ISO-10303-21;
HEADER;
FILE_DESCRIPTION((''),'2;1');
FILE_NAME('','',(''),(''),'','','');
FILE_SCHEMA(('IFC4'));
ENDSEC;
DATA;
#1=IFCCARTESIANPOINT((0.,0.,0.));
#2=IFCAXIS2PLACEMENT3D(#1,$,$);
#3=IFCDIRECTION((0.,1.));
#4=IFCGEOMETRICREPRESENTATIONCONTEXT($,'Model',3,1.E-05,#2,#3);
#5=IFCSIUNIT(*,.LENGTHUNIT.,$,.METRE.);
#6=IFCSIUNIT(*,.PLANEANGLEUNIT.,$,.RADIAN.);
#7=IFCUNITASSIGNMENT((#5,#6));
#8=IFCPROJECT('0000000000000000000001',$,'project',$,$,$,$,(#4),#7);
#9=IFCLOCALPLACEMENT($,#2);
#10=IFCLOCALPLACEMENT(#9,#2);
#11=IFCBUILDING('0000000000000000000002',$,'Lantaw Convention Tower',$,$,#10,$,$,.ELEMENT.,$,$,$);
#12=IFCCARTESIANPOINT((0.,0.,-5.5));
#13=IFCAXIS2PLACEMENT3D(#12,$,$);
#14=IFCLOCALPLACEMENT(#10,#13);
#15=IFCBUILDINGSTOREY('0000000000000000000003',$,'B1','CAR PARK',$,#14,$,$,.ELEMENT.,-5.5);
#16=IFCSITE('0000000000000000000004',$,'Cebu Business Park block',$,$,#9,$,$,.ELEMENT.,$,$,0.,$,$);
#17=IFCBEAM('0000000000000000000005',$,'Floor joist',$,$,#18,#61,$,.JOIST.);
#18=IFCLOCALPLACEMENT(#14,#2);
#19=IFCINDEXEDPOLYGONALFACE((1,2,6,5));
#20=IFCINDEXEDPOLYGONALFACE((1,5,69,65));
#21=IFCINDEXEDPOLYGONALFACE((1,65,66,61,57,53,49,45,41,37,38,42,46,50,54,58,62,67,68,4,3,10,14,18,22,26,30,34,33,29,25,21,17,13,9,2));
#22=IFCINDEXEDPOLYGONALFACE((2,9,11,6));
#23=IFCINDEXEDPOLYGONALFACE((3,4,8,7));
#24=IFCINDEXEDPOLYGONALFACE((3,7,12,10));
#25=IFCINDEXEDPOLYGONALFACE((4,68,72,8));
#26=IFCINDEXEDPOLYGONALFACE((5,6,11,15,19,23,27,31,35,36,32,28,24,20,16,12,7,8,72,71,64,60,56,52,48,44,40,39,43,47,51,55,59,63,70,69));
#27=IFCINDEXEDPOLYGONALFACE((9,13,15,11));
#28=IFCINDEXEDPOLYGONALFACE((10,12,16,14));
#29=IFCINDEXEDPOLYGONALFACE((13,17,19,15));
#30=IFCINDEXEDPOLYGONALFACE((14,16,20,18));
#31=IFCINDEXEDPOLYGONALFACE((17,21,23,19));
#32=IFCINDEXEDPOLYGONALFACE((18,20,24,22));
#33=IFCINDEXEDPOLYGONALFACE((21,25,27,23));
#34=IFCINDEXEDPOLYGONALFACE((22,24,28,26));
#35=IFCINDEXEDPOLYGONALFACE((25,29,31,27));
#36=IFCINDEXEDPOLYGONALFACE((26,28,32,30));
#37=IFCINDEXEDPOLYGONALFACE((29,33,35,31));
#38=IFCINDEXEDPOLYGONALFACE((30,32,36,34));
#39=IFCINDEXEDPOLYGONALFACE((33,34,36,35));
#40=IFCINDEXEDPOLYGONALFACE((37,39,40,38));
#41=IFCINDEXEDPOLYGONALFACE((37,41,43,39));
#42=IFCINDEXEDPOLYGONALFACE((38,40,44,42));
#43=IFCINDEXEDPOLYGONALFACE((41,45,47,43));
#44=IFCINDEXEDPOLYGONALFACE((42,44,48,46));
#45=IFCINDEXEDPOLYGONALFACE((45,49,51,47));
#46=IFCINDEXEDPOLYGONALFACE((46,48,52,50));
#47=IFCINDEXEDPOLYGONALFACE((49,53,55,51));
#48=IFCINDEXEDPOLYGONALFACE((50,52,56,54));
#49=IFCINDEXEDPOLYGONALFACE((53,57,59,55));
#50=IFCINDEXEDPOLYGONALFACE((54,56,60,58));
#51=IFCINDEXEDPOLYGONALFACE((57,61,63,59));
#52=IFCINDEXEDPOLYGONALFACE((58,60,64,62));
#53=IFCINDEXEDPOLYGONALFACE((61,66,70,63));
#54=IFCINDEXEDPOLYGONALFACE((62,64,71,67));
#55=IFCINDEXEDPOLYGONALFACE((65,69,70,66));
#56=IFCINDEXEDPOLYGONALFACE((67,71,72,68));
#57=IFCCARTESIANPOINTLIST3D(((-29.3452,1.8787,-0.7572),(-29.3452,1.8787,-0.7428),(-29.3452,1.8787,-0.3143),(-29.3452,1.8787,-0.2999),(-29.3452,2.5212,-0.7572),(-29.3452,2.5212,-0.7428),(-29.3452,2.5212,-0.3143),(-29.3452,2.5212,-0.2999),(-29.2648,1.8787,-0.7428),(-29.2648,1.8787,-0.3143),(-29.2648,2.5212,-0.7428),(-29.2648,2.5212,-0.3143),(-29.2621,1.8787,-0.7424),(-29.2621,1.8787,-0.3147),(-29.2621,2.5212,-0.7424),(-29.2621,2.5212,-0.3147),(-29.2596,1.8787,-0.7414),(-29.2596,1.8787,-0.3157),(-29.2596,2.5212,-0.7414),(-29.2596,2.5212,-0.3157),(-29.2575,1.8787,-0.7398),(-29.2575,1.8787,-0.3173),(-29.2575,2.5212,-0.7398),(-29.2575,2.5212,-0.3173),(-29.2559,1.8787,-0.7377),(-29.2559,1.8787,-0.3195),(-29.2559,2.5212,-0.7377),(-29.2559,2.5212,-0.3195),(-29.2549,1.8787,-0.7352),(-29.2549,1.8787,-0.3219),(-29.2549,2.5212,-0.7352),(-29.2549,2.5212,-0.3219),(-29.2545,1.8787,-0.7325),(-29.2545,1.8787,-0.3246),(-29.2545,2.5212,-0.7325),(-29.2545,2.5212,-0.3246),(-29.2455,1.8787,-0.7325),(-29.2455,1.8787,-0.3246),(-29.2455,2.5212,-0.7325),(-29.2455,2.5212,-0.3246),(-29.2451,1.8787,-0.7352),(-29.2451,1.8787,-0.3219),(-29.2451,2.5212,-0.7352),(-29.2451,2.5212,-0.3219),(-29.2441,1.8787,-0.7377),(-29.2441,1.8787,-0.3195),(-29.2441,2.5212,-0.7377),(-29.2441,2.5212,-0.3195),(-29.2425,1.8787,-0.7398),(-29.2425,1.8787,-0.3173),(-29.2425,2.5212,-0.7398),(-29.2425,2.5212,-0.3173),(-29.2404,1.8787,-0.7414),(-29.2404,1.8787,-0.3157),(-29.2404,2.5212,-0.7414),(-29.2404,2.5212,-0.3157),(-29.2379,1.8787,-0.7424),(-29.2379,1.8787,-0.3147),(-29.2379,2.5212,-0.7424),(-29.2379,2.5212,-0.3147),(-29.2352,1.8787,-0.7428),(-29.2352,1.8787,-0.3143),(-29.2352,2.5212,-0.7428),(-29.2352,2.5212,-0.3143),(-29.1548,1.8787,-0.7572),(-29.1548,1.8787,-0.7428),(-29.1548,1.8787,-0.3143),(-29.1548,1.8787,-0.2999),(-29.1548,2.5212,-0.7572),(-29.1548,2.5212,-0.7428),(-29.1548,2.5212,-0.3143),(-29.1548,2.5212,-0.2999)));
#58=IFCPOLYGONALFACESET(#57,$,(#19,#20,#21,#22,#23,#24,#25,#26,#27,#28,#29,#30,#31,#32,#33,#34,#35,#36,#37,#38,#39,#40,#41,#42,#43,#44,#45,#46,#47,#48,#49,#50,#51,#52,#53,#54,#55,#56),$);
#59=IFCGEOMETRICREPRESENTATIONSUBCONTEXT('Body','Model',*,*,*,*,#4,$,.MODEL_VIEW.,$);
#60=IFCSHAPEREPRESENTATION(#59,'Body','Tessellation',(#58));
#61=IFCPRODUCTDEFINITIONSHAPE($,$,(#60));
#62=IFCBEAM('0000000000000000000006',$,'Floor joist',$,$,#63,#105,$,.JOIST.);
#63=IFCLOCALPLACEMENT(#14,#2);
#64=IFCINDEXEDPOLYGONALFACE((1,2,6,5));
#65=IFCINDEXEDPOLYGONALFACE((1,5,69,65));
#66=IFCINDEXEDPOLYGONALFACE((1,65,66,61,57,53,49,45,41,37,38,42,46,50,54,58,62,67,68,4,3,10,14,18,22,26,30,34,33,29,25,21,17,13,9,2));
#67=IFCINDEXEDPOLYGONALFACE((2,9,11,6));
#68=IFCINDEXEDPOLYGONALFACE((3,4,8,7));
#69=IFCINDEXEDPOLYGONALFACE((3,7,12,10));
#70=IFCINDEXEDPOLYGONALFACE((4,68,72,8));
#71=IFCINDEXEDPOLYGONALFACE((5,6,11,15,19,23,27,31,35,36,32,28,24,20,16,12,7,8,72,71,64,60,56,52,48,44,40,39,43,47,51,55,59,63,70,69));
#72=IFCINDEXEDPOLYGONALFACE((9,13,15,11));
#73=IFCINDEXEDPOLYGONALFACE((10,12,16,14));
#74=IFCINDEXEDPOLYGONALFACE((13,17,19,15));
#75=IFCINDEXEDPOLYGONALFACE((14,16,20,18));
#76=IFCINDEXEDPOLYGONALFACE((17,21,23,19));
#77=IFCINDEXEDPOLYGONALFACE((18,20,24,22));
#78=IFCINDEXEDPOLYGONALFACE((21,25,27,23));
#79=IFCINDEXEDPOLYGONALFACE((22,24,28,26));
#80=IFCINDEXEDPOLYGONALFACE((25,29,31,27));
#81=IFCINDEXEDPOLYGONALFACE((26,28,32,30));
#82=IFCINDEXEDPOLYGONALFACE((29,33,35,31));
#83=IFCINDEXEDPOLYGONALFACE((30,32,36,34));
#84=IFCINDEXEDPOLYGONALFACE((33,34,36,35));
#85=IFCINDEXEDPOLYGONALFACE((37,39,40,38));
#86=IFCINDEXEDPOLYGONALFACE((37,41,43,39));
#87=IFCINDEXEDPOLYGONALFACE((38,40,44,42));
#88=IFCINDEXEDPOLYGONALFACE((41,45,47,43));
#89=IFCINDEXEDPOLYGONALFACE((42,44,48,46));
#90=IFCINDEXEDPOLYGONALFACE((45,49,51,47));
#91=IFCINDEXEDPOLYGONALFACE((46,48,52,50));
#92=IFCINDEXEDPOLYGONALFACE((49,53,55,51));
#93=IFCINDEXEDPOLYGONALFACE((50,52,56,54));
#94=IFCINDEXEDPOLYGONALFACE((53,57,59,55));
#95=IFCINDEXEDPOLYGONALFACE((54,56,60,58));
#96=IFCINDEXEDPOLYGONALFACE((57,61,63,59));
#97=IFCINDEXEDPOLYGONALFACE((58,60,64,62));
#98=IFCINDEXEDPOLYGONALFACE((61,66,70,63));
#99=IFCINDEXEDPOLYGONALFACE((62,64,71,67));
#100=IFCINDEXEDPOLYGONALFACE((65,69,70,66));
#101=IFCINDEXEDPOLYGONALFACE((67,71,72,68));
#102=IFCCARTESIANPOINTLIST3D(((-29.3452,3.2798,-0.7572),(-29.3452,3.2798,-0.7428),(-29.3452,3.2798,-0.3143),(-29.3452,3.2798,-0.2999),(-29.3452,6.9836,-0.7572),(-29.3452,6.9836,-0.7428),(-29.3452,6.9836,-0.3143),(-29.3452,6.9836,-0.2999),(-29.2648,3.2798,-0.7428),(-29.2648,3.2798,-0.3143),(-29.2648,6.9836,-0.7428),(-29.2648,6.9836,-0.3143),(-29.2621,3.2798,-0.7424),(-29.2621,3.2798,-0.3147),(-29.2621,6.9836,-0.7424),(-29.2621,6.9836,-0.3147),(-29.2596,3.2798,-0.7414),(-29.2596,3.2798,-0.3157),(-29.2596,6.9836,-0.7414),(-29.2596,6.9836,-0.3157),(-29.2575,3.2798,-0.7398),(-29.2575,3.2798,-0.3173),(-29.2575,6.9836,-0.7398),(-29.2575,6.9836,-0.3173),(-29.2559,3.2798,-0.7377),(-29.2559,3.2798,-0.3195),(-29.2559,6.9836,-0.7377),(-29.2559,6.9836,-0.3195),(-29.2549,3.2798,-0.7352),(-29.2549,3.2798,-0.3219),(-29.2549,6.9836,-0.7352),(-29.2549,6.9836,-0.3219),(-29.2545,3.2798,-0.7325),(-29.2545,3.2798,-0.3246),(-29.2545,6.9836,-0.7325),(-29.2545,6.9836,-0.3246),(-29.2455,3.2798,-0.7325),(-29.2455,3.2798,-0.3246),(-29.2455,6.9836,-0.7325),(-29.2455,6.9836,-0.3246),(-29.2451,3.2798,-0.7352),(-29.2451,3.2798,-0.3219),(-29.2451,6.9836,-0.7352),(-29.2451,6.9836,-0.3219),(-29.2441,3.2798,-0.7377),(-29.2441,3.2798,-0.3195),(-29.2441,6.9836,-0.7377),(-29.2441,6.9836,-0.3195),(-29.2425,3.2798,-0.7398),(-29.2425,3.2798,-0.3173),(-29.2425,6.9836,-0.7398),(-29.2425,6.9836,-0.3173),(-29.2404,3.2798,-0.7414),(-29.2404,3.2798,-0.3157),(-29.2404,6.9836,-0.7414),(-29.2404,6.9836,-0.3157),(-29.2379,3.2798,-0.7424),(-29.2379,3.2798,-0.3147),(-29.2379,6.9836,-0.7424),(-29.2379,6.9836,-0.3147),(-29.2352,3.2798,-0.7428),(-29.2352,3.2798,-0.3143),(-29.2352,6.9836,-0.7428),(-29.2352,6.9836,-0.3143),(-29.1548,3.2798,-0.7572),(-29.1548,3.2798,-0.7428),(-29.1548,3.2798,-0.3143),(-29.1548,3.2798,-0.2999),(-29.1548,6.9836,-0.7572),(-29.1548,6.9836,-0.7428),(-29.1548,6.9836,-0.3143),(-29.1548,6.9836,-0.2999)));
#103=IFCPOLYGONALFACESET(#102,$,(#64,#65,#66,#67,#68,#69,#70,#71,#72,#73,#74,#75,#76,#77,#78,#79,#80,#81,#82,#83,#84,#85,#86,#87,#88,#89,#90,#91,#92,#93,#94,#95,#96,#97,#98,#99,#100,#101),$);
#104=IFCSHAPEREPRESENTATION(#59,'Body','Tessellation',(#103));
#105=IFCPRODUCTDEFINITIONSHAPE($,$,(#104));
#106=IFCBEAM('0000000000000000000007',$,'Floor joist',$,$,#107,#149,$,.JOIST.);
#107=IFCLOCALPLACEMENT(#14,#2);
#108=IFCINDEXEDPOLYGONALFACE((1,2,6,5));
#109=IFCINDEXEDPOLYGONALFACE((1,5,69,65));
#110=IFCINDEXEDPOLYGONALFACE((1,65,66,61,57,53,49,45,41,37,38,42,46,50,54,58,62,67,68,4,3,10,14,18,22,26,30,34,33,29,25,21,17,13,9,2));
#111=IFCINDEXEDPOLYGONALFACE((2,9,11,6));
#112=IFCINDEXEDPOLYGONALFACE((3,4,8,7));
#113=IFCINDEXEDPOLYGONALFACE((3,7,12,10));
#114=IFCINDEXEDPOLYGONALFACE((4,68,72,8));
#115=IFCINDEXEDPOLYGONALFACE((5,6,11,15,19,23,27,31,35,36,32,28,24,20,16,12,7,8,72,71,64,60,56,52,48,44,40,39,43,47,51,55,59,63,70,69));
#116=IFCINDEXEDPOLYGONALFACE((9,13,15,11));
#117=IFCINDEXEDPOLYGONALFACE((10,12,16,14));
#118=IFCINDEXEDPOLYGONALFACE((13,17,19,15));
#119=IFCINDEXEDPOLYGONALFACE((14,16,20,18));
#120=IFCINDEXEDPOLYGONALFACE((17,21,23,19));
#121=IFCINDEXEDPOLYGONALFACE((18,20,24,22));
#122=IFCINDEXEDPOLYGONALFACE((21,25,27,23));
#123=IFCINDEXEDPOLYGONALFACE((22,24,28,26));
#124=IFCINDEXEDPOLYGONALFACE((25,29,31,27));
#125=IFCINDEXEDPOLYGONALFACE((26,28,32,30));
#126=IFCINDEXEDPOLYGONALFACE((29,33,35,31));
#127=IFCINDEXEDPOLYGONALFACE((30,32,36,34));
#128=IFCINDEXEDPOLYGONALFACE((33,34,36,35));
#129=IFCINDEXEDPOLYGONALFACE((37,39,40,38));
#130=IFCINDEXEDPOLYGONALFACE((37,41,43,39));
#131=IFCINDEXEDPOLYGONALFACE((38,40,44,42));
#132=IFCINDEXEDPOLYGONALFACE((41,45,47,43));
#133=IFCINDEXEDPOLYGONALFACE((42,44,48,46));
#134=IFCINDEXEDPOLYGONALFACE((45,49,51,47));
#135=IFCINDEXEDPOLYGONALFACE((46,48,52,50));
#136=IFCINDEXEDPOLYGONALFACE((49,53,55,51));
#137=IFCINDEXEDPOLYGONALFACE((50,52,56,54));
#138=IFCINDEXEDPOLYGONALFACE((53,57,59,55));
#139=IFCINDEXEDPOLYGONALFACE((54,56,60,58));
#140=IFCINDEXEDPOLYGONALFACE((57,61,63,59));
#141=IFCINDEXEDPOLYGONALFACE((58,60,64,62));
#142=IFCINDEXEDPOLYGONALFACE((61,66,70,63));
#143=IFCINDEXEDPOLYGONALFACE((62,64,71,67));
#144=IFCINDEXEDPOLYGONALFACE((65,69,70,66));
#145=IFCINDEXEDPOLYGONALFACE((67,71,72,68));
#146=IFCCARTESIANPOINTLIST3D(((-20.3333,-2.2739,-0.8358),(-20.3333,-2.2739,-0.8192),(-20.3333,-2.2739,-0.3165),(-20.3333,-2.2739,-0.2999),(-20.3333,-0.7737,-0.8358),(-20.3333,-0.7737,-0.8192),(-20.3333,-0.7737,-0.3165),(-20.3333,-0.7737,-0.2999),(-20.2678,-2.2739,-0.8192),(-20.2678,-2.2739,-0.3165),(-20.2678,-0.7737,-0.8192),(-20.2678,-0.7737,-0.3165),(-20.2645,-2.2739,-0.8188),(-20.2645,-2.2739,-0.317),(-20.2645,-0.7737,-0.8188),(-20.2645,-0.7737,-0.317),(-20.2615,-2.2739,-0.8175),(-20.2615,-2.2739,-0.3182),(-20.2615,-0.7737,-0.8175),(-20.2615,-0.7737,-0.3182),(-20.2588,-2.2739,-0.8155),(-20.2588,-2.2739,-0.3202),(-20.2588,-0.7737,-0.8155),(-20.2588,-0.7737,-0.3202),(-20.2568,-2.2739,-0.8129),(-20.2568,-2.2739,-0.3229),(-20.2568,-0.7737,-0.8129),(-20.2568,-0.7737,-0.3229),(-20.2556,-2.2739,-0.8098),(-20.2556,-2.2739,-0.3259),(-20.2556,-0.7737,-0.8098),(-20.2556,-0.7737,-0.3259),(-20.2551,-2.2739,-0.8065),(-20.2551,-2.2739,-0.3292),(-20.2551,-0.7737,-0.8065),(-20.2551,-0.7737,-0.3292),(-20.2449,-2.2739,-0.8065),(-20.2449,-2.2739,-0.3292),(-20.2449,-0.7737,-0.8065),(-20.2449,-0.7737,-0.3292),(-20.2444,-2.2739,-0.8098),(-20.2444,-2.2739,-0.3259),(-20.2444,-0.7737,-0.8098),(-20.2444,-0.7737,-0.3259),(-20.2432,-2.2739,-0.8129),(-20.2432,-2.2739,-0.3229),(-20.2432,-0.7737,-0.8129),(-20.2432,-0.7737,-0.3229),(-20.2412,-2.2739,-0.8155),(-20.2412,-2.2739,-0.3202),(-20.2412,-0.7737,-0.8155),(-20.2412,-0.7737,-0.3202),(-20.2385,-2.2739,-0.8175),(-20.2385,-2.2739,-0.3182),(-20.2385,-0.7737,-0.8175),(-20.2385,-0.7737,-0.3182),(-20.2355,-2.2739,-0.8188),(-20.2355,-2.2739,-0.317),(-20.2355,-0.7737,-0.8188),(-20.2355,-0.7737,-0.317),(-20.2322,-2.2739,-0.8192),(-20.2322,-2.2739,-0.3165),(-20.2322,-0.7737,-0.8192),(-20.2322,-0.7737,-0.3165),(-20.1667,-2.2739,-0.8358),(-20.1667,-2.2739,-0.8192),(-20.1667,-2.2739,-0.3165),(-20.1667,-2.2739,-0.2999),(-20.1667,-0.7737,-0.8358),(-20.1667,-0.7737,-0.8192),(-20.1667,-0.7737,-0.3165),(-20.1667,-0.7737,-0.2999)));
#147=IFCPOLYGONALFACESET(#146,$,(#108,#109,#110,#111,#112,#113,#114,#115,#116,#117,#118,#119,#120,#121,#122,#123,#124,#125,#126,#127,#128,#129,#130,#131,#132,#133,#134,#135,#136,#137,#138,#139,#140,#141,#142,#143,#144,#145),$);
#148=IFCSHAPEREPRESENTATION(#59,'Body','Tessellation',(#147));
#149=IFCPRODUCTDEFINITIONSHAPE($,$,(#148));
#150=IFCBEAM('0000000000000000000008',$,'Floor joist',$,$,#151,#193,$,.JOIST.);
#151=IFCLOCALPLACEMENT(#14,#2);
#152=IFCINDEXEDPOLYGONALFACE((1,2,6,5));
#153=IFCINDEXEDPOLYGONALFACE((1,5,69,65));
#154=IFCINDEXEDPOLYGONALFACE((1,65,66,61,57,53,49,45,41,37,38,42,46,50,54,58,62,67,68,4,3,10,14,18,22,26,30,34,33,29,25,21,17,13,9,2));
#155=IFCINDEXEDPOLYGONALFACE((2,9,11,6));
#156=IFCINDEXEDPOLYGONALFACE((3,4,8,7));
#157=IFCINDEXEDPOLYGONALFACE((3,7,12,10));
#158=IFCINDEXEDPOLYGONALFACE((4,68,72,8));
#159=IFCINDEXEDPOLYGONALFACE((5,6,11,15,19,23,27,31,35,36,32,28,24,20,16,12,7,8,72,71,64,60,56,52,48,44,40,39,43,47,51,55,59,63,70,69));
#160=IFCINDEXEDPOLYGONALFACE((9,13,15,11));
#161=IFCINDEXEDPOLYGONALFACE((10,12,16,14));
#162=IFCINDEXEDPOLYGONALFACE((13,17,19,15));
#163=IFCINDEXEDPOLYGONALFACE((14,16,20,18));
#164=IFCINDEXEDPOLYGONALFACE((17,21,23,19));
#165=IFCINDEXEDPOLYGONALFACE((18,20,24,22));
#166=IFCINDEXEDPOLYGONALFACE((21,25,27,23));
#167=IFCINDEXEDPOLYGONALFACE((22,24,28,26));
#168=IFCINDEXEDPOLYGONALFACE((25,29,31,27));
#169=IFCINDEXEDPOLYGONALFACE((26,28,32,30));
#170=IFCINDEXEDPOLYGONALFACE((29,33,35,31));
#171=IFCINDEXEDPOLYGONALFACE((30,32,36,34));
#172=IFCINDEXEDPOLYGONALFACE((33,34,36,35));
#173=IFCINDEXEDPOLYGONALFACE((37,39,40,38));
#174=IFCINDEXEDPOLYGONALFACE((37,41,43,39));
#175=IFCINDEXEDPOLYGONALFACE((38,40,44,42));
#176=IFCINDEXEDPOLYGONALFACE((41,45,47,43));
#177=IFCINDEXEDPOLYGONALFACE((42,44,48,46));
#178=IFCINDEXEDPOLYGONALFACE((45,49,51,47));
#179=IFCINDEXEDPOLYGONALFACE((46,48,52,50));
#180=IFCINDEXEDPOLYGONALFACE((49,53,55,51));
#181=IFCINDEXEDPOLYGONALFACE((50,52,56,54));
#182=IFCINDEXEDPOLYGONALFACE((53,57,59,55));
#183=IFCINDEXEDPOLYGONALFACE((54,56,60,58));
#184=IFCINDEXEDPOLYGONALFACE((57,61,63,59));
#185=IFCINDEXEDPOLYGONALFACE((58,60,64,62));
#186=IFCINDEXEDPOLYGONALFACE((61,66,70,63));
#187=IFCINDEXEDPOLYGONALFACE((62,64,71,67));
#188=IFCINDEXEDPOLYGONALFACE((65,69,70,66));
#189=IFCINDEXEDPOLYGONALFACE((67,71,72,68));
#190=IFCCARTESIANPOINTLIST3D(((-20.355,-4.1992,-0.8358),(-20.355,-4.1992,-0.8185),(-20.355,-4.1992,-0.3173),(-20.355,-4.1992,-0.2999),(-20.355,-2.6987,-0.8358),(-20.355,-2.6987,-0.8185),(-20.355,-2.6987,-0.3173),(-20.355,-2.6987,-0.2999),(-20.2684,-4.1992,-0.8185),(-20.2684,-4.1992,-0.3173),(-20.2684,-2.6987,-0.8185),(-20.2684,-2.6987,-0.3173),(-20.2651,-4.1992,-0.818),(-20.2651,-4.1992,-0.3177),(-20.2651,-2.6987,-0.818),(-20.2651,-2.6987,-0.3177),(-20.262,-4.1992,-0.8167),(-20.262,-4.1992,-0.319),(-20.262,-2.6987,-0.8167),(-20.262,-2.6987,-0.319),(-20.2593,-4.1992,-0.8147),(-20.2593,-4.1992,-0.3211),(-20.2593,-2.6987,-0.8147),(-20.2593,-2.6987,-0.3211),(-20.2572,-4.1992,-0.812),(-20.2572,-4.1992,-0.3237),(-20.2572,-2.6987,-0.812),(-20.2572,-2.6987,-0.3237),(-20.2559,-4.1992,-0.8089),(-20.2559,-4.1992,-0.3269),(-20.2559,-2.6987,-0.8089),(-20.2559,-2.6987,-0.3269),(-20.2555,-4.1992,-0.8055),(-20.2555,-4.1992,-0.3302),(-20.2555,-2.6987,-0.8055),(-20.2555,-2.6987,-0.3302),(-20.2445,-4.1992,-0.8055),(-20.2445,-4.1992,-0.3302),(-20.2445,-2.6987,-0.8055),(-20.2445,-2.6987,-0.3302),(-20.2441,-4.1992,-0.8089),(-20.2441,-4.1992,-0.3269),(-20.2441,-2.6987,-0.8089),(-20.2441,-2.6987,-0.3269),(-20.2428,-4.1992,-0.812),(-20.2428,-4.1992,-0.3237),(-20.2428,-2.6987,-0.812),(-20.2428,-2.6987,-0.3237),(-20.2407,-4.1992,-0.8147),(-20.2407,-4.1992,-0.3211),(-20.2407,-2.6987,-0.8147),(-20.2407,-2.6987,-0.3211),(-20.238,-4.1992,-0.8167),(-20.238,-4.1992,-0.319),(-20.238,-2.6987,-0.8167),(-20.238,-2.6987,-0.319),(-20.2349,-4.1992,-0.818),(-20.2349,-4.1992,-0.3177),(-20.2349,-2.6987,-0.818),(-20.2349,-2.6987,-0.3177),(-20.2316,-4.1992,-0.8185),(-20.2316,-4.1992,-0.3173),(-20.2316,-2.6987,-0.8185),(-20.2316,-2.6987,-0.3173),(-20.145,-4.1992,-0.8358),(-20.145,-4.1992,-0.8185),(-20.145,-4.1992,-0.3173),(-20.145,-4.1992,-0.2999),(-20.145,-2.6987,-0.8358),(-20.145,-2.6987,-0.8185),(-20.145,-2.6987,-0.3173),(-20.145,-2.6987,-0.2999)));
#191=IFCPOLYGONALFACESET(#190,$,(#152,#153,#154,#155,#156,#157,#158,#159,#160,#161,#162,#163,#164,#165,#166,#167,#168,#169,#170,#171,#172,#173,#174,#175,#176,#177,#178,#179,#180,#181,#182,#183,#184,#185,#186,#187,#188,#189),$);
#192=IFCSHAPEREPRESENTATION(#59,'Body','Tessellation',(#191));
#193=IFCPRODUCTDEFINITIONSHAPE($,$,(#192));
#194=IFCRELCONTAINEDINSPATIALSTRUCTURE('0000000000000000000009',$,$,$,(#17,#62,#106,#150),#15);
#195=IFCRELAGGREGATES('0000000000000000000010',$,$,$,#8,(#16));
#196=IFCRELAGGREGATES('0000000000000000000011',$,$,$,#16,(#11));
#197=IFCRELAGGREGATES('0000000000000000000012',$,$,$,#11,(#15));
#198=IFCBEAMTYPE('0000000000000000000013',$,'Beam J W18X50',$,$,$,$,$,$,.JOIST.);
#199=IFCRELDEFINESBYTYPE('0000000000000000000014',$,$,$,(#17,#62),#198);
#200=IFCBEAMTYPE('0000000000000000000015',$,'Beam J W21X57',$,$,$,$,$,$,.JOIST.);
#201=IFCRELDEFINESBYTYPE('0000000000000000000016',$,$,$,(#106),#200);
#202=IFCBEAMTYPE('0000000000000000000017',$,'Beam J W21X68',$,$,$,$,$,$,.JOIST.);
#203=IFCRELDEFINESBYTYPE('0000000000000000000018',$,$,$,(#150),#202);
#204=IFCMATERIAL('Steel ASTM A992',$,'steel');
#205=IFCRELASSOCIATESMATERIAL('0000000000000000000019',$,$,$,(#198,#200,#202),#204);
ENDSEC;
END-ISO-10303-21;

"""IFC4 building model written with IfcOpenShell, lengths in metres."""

from ifc_helpers import new_model, si_unit, direction, frame, origin, origin_2d, place, context, subcontext, project, spatial, i_section, extrude, material, material_profile, profile_set, type_object, element, save


model = new_model("IFC4")

# Units and contexts
model_context = context("Model", 3, precision=1e-05, world=origin(), true_north=direction((0.0, 1.0)))
body_context = subcontext(model_context, "Body", "Model", "MODEL_VIEW")
ifc_project = project(units=[si_unit("LENGTHUNIT", "METRE"), si_unit("PLANEANGLEUNIT", "RADIAN")], contexts=[model_context])

# Site, building, storey
site_placement = place(None, origin())
site = spatial("IfcSite", under=ifc_project, at=site_placement, Name="Cebu Business Park block", CompositionType="ELEMENT", RefElevation=0.0)
building_placement = place(site_placement, origin())
building = spatial("IfcBuilding", under=site, at=building_placement, Name="Lantaw Convention Tower", CompositionType="ELEMENT")
storey_placement = place(building_placement, frame((0.0, 0.0, -5.5)))
storey = spatial("IfcBuildingStorey", under=building, at=storey_placement, Name="B1", Description="CAR PARK", CompositionType="ELEMENT", Elevation=-5.5)

# Beams
ifc_material_1 = material(Name="Steel ASTM A992", Category="steel")
ifc_material_profile_1 = material_profile(ifc_material_1, i_section(OverallWidth=0.1904, OverallDepth=0.4573, WebThickness=0.009, FlangeThickness=0.0144, FilletRadius=0.0103, at=origin_2d()), Name="W18X50")
ifc_profile_set_1 = profile_set([ifc_material_profile_1], Name="Steel ASTM A992")
beam_type_1 = type_object("IfcBeamType", Name="Beam J W18X50", PredefinedType="JOIST", material=ifc_profile_set_1)
beam_1_placement = place(storey_placement, frame((-29.25, 1.8787, -0.5286), z_axis=(0.0, 1.0, 0.0), x_axis=(-1.0, 0.0, 0.0)))
element("IfcBeam", 1, at=beam_1_placement, inside=storey, type_object=beam_type_1, Name="Floor joist", PredefinedType="JOIST", context=body_context, shape_type="SweptSolid", body=[
    extrude(i_section(OverallWidth=0.1904, OverallDepth=0.4573, WebThickness=0.009, FlangeThickness=0.0144, FilletRadius=0.0103, at=origin_2d()), origin(), (0.0, 0.0, 1.0), 0.6426),
])
beam_2_placement = place(storey_placement, frame((-29.25, 3.2798, -0.5286), z_axis=(0.0, 1.0, 0.0), x_axis=(-1.0, 0.0, 0.0)))
element("IfcBeam", 2, at=beam_2_placement, inside=storey, type_object=beam_type_1, Name="Floor joist", PredefinedType="JOIST", context=body_context, shape_type="SweptSolid", body=[
    extrude(i_section(OverallWidth=0.1904, OverallDepth=0.4573, WebThickness=0.009, FlangeThickness=0.0144, FilletRadius=0.0103, at=origin_2d()), origin(), (0.0, 0.0, 1.0), 3.7039),
])
ifc_material_profile_2 = material_profile(ifc_material_1, i_section(OverallWidth=0.1665, OverallDepth=0.5359, WebThickness=0.0103, FlangeThickness=0.0166, FilletRadius=0.0127, at=origin_2d()), Name="W21X57")
ifc_profile_set_2 = profile_set([ifc_material_profile_2], Name="Steel ASTM A992")
beam_type_2 = type_object("IfcBeamType", Name="Beam J W21X57", PredefinedType="JOIST", material=ifc_profile_set_2)
beam_3_placement = place(storey_placement, frame((-20.25, -2.2739, -0.5679), z_axis=(0.0, 1.0, 0.0), x_axis=(-1.0, 0.0, 0.0)))
element("IfcBeam", 3, at=beam_3_placement, inside=storey, type_object=beam_type_2, Name="Floor joist", PredefinedType="JOIST", context=body_context, shape_type="SweptSolid", body=[
    extrude(i_section(OverallWidth=0.1665, OverallDepth=0.5359, WebThickness=0.0103, FlangeThickness=0.0166, FilletRadius=0.0127, at=origin_2d()), origin(), (0.0, 0.0, 1.0), 1.5002),
])
ifc_material_profile_3 = material_profile(ifc_material_1, i_section(OverallWidth=0.21, OverallDepth=0.5359, WebThickness=0.011, FlangeThickness=0.0173, FilletRadius=0.0129, at=origin_2d()), Name="W21X68")
ifc_profile_set_3 = profile_set([ifc_material_profile_3], Name="Steel ASTM A992")
beam_type_3 = type_object("IfcBeamType", Name="Beam J W21X68", PredefinedType="JOIST", material=ifc_profile_set_3)
beam_4_placement = place(storey_placement, frame((-20.25, -4.1992, -0.5679), z_axis=(0.0, 1.0, 0.0), x_axis=(-1.0, 0.0, 0.0)))
element("IfcBeam", 4, at=beam_4_placement, inside=storey, type_object=beam_type_3, Name="Floor joist", PredefinedType="JOIST", context=body_context, shape_type="SweptSolid", body=[
    extrude(i_section(OverallWidth=0.21, OverallDepth=0.5359, WebThickness=0.011, FlangeThickness=0.0173, FilletRadius=0.0129, at=origin_2d()), origin(), (0.0, 0.0, 1.0), 1.5005),
])

save(model, "model.ifc")
